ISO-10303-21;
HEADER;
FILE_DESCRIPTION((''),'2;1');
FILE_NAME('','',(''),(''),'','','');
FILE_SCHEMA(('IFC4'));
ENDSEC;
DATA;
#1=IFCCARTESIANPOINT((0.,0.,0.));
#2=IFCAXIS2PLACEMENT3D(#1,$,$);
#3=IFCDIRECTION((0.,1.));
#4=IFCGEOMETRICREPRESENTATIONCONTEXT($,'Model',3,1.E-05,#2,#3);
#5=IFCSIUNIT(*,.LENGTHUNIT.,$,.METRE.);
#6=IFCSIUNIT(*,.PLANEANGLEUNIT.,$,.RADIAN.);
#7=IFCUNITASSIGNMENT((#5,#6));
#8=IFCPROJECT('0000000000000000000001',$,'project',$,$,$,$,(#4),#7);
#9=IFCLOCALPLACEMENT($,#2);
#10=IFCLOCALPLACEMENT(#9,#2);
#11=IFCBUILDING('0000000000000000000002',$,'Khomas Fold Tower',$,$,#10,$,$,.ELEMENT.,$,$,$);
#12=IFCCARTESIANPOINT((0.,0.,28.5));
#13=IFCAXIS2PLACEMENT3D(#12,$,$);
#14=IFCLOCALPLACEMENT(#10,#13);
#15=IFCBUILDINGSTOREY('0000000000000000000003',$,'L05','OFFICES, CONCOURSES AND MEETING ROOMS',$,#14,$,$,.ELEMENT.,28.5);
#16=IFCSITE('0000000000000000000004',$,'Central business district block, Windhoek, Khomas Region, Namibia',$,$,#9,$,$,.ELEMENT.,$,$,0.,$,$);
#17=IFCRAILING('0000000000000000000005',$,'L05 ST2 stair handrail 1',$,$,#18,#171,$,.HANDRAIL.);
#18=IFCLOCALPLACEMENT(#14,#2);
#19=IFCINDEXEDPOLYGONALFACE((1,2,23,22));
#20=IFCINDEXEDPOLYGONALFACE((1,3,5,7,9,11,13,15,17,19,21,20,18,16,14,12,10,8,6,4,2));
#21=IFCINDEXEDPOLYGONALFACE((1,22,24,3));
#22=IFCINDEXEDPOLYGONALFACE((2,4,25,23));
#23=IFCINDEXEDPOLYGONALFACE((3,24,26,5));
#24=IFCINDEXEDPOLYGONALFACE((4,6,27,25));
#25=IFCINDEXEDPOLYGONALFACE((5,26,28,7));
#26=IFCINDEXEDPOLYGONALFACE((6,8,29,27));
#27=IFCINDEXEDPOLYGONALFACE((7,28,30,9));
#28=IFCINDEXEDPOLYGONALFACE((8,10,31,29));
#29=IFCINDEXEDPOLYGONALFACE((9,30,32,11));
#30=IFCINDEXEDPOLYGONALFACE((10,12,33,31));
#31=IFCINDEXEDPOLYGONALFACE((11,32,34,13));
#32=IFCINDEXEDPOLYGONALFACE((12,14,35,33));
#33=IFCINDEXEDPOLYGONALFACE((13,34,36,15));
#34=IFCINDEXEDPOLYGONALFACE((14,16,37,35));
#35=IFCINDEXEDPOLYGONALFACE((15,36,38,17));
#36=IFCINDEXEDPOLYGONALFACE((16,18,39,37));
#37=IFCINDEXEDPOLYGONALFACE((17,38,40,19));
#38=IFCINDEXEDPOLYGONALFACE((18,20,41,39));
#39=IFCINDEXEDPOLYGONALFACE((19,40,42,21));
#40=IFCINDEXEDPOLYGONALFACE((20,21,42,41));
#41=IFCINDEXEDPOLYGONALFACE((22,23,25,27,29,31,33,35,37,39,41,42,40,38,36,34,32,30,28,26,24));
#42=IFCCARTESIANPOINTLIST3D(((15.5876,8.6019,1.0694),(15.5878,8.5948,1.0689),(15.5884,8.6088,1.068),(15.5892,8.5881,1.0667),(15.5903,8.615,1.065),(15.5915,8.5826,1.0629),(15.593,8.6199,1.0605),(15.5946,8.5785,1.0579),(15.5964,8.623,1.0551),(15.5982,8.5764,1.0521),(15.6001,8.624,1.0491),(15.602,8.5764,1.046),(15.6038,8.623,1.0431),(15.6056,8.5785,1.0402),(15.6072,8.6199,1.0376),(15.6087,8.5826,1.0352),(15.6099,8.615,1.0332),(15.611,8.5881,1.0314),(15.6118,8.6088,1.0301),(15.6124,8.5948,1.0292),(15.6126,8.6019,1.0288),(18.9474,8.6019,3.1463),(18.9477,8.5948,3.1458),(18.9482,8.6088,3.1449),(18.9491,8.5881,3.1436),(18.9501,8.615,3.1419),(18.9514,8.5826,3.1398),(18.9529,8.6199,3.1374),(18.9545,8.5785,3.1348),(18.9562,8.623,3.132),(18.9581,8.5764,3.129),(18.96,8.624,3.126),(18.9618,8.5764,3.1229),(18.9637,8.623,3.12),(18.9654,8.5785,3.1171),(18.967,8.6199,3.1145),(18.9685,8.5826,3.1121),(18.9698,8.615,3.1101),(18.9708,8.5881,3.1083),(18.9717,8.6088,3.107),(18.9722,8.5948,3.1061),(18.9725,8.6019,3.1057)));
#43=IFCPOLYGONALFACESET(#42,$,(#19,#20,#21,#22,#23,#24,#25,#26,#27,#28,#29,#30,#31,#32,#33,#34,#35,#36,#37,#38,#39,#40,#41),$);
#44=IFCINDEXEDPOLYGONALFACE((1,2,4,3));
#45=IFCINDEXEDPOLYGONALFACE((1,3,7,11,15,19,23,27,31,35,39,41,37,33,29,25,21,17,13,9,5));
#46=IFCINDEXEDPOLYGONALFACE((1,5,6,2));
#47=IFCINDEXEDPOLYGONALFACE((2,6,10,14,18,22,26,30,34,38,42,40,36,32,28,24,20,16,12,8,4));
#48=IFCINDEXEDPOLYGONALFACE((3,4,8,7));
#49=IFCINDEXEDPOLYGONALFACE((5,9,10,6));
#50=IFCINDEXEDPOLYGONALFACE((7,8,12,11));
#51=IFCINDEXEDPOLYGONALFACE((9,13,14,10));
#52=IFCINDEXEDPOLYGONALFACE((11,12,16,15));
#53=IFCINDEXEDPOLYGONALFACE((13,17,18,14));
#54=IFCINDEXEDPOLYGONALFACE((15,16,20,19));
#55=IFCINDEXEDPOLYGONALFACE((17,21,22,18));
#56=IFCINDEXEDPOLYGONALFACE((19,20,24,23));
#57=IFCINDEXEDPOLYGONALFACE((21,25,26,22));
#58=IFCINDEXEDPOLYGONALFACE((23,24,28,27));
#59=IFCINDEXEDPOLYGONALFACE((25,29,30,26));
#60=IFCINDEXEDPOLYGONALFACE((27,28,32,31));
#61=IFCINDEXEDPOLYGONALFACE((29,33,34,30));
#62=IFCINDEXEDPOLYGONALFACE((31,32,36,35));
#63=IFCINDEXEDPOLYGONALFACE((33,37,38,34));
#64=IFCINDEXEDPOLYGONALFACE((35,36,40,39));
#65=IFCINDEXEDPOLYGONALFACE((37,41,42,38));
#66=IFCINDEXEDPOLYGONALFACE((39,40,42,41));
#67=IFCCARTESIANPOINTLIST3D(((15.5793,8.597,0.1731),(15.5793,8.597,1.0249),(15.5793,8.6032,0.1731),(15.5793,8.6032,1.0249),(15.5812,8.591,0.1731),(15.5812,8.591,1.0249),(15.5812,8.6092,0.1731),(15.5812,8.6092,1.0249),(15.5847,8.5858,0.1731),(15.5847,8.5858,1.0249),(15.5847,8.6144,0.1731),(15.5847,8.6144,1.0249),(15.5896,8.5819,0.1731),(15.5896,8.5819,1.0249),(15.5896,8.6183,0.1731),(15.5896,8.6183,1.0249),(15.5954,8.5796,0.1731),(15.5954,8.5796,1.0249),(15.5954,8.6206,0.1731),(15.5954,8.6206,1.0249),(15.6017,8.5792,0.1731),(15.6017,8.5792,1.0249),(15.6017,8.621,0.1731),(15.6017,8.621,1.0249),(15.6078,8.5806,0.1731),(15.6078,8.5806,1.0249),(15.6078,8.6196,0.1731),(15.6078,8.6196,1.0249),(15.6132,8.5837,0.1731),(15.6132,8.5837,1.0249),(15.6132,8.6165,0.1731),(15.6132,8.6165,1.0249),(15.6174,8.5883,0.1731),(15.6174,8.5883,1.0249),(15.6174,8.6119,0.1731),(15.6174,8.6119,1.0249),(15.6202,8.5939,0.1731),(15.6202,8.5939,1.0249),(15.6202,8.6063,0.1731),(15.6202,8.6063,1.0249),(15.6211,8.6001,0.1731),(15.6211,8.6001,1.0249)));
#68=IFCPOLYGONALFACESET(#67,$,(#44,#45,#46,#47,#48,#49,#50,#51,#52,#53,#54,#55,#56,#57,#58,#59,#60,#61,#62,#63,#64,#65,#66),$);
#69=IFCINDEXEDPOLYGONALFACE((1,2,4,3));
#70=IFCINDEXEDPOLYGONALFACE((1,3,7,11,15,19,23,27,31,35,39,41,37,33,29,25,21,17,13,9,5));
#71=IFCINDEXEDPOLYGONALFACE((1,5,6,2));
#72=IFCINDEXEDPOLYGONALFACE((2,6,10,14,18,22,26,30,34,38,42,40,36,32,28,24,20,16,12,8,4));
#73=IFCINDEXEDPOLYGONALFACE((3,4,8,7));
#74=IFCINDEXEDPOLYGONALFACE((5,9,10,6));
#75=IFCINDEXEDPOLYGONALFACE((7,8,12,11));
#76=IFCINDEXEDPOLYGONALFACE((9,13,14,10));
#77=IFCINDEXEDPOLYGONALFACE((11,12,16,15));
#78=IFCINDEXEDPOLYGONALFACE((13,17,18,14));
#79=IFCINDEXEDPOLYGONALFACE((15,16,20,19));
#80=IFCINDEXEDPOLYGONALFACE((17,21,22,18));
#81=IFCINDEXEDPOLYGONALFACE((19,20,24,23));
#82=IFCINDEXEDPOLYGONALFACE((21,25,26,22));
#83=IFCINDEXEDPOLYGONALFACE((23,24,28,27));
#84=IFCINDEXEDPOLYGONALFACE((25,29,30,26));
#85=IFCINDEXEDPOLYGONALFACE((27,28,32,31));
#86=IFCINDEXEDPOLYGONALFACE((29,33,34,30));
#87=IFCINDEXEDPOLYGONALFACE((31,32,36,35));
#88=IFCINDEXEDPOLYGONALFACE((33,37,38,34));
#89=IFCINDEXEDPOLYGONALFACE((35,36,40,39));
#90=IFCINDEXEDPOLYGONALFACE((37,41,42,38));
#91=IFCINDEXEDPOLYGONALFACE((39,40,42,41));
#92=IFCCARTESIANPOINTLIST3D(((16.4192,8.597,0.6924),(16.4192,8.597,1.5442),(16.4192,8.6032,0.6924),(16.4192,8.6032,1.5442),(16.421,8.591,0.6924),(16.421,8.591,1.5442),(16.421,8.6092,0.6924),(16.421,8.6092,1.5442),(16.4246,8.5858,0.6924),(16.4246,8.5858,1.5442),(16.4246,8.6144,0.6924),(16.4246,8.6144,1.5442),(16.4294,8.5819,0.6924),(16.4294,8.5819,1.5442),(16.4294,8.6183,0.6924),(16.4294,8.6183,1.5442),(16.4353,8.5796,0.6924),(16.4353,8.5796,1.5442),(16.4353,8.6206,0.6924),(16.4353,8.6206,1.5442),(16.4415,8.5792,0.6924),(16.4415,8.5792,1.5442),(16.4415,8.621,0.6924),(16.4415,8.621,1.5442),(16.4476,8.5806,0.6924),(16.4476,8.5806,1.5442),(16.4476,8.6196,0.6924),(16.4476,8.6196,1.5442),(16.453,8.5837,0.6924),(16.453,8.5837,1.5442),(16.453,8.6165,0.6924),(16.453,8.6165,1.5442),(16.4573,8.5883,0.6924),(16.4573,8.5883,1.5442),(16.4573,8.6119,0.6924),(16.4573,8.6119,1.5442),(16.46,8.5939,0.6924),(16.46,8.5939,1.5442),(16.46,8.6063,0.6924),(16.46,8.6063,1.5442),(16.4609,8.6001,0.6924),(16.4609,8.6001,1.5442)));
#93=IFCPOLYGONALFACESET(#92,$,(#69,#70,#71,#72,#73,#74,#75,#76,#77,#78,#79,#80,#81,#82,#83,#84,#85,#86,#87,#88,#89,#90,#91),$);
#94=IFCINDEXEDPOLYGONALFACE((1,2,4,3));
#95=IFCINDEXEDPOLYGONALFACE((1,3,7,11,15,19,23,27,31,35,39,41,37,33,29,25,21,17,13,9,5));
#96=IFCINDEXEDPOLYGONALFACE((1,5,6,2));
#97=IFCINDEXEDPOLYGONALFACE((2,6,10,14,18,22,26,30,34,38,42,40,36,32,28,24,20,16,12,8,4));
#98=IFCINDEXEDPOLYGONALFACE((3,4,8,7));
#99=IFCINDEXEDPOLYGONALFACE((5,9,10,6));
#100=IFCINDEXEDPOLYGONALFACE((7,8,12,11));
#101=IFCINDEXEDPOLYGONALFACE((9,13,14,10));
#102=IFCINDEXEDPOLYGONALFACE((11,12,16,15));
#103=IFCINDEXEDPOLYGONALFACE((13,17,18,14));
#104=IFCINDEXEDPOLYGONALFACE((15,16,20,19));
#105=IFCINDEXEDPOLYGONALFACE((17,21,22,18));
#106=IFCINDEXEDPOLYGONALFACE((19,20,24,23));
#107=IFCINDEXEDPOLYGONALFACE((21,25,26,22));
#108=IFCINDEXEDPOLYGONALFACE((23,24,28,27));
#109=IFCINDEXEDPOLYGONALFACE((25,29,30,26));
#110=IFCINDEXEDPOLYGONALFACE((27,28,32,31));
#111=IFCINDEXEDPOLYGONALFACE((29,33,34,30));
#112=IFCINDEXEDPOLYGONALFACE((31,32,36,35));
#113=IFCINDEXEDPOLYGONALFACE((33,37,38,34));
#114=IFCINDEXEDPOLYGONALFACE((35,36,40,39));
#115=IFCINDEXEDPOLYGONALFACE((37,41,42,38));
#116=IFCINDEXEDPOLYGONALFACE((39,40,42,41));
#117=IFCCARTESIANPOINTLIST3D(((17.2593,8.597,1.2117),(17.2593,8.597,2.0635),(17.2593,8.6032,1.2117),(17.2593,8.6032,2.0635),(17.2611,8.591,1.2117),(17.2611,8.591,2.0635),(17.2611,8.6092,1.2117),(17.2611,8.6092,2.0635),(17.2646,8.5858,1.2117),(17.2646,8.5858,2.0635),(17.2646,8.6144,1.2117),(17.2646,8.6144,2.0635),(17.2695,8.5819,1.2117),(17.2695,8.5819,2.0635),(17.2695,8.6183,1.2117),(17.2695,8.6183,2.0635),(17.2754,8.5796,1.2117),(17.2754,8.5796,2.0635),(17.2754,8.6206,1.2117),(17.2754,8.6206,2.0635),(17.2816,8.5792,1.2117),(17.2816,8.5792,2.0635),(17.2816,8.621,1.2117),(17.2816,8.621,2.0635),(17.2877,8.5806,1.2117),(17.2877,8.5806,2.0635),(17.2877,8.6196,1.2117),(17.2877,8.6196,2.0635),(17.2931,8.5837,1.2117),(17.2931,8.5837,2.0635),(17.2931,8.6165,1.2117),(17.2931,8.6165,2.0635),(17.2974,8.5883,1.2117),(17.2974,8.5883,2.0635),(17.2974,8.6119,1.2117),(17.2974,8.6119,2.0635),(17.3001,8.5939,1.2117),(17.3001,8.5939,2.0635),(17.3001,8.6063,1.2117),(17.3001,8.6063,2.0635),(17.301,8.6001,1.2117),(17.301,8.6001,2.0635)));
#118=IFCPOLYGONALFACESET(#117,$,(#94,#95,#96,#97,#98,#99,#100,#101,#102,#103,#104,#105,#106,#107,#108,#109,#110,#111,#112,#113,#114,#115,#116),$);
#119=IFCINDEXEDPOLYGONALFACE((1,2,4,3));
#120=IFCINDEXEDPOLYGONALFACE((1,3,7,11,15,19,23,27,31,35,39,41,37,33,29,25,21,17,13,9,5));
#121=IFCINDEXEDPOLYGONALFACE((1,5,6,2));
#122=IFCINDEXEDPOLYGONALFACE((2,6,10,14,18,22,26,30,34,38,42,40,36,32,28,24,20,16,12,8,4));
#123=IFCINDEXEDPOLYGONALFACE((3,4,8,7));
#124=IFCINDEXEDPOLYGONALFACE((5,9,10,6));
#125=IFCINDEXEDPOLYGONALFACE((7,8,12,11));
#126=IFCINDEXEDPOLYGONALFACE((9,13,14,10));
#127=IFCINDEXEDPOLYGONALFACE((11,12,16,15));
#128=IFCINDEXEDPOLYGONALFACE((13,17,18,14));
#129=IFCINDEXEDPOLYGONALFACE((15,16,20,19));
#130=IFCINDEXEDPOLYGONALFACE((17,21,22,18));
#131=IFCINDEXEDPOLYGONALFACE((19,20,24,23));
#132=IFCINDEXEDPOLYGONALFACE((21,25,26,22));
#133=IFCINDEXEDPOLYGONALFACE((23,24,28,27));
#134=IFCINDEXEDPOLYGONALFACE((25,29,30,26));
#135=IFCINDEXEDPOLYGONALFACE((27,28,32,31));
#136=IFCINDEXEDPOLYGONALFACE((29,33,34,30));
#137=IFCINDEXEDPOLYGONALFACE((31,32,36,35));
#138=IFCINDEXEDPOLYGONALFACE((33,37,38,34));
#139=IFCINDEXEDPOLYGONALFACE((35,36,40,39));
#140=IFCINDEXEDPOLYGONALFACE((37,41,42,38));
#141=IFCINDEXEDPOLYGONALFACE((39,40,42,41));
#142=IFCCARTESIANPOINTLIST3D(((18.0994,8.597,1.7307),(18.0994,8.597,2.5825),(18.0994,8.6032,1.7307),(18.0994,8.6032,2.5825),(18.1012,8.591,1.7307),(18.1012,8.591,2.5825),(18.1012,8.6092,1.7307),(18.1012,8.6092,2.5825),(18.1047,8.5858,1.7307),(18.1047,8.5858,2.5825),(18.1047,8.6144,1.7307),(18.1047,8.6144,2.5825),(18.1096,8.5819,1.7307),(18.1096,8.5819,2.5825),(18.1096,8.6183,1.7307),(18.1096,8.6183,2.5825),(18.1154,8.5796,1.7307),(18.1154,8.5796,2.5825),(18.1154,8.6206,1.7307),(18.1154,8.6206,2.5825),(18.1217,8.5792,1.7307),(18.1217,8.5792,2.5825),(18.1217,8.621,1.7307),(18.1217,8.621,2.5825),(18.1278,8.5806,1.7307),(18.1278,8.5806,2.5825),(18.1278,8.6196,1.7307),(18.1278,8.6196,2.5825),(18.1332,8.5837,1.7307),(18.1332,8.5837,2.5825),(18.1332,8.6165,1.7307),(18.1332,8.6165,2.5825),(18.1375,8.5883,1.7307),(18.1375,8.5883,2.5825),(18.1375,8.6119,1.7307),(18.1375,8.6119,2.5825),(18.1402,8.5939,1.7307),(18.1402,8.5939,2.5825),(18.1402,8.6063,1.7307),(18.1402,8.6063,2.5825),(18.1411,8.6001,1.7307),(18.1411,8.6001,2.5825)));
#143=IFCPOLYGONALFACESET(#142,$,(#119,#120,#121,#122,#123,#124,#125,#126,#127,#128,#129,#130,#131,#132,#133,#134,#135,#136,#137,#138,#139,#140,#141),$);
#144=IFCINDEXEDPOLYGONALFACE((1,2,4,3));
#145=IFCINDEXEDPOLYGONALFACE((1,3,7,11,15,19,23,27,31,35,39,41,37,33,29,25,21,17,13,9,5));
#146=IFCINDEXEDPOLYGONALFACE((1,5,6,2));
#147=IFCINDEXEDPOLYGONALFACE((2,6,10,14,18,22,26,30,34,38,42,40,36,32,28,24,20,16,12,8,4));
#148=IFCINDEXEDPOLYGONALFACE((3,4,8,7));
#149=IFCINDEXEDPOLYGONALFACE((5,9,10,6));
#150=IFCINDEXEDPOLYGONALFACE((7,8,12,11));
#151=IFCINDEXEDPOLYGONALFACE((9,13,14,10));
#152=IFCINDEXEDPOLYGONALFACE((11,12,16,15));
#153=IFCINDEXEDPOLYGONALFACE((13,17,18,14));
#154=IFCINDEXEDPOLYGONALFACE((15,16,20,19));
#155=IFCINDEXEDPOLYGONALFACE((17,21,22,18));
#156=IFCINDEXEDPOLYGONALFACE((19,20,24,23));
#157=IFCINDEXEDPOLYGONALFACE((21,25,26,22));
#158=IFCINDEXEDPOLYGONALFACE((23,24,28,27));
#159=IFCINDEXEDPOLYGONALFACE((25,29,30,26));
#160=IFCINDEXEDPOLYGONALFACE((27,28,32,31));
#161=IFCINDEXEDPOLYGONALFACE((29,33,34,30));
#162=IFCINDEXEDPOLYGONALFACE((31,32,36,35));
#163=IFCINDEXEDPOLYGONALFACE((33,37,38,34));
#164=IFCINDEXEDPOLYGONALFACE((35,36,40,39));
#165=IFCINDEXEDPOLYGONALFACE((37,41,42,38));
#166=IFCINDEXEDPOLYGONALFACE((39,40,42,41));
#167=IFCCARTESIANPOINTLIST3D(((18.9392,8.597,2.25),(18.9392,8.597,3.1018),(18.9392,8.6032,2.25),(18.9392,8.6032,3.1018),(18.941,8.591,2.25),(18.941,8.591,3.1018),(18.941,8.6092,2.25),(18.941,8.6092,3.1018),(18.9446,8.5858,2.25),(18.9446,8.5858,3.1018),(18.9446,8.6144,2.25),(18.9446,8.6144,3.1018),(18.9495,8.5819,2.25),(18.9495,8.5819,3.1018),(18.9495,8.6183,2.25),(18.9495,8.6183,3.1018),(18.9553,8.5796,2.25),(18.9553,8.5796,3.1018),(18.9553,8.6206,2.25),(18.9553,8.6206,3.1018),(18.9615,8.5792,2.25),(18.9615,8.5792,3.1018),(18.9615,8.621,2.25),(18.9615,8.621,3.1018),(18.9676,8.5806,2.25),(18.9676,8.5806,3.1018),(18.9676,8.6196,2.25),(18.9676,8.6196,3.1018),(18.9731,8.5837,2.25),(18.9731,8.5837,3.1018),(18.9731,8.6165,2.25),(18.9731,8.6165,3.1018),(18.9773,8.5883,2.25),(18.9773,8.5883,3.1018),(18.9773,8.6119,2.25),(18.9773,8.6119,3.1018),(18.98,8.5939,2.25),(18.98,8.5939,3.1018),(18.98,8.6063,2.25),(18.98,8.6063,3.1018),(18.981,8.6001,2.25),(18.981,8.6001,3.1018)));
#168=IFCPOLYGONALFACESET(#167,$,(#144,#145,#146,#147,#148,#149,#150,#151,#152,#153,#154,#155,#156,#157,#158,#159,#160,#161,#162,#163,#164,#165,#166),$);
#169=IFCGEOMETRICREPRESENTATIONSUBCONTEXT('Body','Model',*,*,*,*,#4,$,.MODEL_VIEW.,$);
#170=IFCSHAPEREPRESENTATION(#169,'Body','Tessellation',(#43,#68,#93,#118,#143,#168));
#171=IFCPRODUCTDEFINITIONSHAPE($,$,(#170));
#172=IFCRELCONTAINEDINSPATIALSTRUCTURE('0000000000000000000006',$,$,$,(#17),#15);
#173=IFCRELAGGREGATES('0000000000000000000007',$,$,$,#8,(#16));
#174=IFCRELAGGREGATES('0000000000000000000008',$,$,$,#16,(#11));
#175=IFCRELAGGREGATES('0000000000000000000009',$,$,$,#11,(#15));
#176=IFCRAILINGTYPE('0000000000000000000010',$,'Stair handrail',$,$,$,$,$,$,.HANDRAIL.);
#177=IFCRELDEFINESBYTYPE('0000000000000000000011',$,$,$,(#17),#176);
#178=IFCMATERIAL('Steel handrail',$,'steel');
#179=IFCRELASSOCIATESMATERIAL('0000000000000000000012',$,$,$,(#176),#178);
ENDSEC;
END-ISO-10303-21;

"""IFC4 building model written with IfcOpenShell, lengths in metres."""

from ifc_helpers import new_model, si_unit, direction, frame, origin, origin_2d, place, context, subcontext, project, spatial, circle, extrude, source, transform, mapped, material, type_object, element, save


model = new_model("IFC4")

# Units and contexts
model_context = context("Model", 3, precision=1e-05, world=origin(), true_north=direction((0.0, 1.0)))
body_context = subcontext(model_context, "Body", "Model", "MODEL_VIEW")
ifc_project = project(units=[si_unit("LENGTHUNIT", "METRE"), si_unit("PLANEANGLEUNIT", "RADIAN")], contexts=[model_context])

# Site, building, storey
site_placement = place(None, origin())
site = spatial("IfcSite", under=ifc_project, at=site_placement, Name="Central business district block, Windhoek, Khomas Region, Namibia", CompositionType="ELEMENT", RefElevation=0.0)
building_placement = place(site_placement, origin())
building = spatial("IfcBuilding", under=site, at=building_placement, Name="Khomas Fold Tower", CompositionType="ELEMENT")
storey_placement = place(building_placement, frame((0.0, 0.0, 28.5)))
storey = spatial("IfcBuildingStorey", under=building, at=storey_placement, Name="L05", Description="OFFICES, CONCOURSES AND MEETING ROOMS", CompositionType="ELEMENT", Elevation=28.5)

# Railing
ifc_material_1 = material(Name="Steel handrail", Category="steel")
railing_type_1 = type_object("IfcRailingType", Name="Stair handrail", PredefinedType="HANDRAIL", material=ifc_material_1)
shared_shape_1 = source(origin(), body_context, "Body", "SweptSolid", [
    extrude(circle(Radius=0.0239, at=origin_2d()), frame((0.0, 0.0, 0.876), z_axis=(0.850606, 0.0, 0.525803), x_axis=(0.0, 1.0, 0.0)), (0.0, 0.0, 1.0), 3.95),
    extrude(circle(Radius=0.021, at=origin_2d()), origin(), (0.0, 0.0, 1.0), 0.8518),
    extrude(circle(Radius=0.021, at=origin_2d()), frame((0.8398, 0.0, 0.5193)), (0.0, 0.0, 1.0), 0.8518),
    extrude(circle(Radius=0.021, at=origin_2d()), frame((1.6799, 0.0, 1.0386)), (0.0, 0.0, 1.0), 0.8518),
    extrude(circle(Radius=0.021, at=origin_2d()), frame((2.52, 0.0, 1.5576)), (0.0, 0.0, 1.0), 0.8518),
    extrude(circle(Radius=0.021, at=origin_2d()), frame((3.3599, 0.0, 2.0769)), (0.0, 0.0, 1.0), 0.8518),
])
railing_1_placement = place(storey_placement, frame((15.6001, 8.6001, 0.1731)))
element("IfcRailing", 1, at=railing_1_placement, inside=storey, type_object=railing_type_1, Name="L05 ST2 stair handrail 1", PredefinedType="HANDRAIL", context=body_context, shape_type="MappedRepresentation", body=[
    mapped(shared_shape_1, transform((0.0, 0.0, 0.0))),
])

save(model, "model.ifc")
